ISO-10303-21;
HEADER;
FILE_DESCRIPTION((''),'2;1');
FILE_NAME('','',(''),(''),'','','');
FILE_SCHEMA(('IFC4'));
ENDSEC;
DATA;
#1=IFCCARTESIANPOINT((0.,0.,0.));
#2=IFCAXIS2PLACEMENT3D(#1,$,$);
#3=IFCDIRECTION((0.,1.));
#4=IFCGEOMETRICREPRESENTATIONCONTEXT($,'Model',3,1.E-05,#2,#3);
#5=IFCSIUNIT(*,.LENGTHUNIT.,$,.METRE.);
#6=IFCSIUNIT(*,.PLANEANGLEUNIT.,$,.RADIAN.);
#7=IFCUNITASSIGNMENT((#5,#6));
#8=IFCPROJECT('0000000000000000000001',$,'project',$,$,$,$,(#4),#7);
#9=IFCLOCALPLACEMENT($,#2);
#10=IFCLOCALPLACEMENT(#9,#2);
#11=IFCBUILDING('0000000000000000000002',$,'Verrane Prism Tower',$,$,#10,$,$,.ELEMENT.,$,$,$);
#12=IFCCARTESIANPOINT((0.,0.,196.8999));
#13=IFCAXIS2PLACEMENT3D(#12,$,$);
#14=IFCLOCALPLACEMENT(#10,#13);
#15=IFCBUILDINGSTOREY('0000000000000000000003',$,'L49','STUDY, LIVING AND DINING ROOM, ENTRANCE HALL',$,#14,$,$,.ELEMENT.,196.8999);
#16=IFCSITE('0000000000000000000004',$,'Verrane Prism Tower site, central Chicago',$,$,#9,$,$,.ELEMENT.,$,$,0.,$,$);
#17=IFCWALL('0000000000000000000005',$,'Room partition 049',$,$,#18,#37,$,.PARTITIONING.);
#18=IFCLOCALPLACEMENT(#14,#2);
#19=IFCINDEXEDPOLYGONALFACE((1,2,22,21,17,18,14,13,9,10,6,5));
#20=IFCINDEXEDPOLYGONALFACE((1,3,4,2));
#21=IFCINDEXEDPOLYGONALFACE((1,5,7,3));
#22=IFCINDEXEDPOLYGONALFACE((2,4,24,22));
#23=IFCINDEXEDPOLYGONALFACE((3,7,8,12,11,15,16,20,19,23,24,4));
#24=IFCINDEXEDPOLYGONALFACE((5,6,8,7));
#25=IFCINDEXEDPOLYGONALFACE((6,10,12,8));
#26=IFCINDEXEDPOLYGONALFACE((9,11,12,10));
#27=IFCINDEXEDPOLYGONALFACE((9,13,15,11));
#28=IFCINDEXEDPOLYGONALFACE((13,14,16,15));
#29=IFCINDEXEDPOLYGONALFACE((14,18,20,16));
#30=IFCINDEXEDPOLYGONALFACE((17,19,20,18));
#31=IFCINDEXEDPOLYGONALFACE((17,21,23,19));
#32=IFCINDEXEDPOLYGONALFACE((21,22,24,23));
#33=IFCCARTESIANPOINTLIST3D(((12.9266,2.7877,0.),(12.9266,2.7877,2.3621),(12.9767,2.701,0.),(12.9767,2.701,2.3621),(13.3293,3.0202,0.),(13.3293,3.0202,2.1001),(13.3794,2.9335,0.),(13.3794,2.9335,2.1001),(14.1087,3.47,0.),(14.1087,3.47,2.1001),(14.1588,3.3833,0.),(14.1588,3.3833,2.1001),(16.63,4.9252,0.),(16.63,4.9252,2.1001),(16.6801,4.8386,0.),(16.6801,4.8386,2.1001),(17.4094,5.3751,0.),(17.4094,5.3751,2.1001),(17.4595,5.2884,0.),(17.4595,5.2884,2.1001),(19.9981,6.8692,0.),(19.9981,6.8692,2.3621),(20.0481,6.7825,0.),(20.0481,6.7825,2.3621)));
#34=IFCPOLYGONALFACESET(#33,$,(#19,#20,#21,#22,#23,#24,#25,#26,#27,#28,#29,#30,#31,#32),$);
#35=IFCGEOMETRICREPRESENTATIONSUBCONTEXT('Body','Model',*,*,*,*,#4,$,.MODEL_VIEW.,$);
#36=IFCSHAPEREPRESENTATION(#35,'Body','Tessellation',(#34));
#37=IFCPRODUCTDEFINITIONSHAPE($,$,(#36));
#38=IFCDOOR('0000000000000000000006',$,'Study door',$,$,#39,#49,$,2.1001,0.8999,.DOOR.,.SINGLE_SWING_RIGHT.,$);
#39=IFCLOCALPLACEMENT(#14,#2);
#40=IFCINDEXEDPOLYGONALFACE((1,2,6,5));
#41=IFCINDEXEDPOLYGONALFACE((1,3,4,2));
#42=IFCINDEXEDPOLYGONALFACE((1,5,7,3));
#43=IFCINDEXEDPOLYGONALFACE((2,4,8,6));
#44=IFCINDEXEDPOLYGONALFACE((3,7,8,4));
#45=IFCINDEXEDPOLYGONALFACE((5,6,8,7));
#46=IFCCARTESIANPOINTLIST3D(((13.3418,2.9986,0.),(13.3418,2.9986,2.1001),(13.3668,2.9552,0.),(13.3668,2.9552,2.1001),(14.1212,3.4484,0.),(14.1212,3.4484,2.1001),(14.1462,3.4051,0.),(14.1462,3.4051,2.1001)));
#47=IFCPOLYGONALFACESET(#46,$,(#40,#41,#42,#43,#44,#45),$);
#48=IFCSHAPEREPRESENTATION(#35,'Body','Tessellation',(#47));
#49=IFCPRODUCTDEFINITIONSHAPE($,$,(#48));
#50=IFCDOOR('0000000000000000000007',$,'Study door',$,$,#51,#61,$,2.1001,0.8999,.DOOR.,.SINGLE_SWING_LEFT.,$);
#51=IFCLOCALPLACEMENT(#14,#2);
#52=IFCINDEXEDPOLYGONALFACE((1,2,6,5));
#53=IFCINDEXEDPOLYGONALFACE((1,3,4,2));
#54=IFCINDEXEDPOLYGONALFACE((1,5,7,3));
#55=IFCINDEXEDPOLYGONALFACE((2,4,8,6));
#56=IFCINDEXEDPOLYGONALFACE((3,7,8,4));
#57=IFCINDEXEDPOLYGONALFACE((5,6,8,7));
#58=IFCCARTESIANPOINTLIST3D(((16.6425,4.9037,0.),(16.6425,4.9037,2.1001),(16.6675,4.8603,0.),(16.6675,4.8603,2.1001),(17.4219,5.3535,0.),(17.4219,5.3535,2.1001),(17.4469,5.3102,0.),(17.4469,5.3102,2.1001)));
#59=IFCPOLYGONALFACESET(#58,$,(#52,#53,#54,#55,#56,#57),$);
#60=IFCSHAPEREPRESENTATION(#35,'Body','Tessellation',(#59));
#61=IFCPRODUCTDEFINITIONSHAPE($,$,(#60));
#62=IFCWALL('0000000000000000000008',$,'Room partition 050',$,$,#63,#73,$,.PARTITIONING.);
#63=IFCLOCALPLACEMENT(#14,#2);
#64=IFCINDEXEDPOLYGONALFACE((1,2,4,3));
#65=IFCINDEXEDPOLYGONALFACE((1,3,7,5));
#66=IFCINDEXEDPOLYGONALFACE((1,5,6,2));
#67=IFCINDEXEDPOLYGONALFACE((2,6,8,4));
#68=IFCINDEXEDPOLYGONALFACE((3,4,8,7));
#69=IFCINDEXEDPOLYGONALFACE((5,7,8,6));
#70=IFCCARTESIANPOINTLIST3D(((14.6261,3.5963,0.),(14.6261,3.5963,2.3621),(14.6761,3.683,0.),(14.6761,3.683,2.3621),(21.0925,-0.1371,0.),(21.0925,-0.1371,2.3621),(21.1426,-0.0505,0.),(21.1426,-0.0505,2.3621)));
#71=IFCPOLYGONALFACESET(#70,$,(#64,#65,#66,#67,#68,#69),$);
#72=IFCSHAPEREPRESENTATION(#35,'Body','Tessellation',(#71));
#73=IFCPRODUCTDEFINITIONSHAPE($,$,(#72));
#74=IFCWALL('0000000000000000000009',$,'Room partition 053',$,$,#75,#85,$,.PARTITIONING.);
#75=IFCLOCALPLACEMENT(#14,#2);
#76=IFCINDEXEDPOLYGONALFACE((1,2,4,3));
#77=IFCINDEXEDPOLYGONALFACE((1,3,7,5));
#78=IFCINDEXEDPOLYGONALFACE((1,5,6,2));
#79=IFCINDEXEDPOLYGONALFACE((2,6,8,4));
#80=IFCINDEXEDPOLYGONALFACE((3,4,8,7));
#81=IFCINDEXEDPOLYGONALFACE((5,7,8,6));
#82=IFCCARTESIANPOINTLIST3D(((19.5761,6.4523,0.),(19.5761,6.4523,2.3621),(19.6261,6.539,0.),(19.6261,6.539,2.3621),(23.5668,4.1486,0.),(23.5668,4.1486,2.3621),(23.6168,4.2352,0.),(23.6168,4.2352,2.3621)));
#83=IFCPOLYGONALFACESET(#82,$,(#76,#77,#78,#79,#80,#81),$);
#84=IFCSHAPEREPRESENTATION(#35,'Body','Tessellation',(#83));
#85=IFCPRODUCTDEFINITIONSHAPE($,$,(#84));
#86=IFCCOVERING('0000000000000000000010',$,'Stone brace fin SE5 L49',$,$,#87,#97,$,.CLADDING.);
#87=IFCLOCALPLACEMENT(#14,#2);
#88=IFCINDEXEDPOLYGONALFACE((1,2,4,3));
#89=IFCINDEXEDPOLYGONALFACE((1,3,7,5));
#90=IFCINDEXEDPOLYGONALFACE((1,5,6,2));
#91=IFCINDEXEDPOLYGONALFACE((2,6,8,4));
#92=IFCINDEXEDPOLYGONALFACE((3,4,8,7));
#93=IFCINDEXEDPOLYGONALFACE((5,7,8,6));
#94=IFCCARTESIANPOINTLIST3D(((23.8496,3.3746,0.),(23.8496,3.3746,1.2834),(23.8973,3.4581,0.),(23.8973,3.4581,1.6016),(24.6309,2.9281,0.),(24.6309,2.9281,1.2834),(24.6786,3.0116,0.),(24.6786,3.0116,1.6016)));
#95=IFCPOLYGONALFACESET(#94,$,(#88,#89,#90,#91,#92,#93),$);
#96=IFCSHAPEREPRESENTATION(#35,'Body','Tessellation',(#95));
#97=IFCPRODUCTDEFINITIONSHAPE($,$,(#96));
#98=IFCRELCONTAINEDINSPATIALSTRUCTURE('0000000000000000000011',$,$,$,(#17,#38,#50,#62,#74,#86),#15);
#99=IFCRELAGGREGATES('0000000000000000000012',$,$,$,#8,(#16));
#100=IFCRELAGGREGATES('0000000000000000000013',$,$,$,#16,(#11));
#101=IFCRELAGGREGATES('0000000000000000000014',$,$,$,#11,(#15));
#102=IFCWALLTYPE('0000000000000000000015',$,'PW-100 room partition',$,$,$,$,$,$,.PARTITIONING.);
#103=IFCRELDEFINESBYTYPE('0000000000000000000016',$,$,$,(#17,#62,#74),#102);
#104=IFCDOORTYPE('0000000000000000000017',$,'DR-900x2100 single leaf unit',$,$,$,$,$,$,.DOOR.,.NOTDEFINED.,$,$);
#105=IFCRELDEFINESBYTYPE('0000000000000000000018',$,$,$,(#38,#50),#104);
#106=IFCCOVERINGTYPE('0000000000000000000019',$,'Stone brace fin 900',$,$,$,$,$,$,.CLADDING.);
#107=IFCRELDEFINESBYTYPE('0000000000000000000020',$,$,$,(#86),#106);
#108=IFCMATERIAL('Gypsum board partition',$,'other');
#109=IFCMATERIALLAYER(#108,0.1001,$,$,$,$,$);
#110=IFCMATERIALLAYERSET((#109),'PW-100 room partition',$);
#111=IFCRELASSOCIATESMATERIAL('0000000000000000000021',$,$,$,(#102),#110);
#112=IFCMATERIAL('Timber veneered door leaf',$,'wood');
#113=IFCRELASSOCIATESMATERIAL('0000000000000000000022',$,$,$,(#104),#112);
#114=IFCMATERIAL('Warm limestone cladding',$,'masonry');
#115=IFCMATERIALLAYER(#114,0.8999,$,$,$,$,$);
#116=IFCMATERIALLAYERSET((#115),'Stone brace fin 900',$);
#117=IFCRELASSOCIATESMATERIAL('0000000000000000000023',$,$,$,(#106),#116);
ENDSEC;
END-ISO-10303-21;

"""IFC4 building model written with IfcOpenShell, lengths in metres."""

from ifc_helpers import new_model, si_unit, direction, frame, frame_2d, origin, place, context, subcontext, project, spatial, polyline, rectangle, outline, extrude, material, layer, layer_set, type_object, element, fill, save


model = new_model("IFC4")

# Units and contexts
model_context = context("Model", 3, precision=1e-05, world=origin(), true_north=direction((0.0, 1.0)))
body_context = subcontext(model_context, "Body", "Model", "MODEL_VIEW")
ifc_project = project(units=[si_unit("LENGTHUNIT", "METRE"), si_unit("PLANEANGLEUNIT", "RADIAN")], contexts=[model_context])

# Site, building, storey
site_placement = place(None, origin())
site = spatial("IfcSite", under=ifc_project, at=site_placement, Name="Verrane Prism Tower site, central Chicago", CompositionType="ELEMENT", RefElevation=0.0)
building_placement = place(site_placement, origin())
building = spatial("IfcBuilding", under=site, at=building_placement, Name="Verrane Prism Tower", CompositionType="ELEMENT")
storey_placement = place(building_placement, frame((0.0, 0.0, 196.8999)))
storey = spatial("IfcBuildingStorey", under=building, at=storey_placement, Name="L49", Description="STUDY, LIVING AND DINING ROOM, ENTRANCE HALL", CompositionType="ELEMENT", Elevation=196.8999)

# Wall, openings, doors
ifc_material_1 = material(Name="Gypsum board partition", Category="other")
ifc_layer_1 = layer(ifc_material_1, 0.1001)
ifc_layer_set_1 = layer_set([ifc_layer_1], Name="PW-100 room partition")
wall_type_1 = type_object("IfcWallType", Name="PW-100 room partition", PredefinedType="PARTITIONING", material=ifc_layer_set_1)
wall_1_placement = place(storey_placement, frame((20.0232, 6.8259, 0.0), z_axis=(0.0, 0.0, 1.0), x_axis=(-0.866089, -0.499889, 0.0)))
wall_1 = element("IfcWall", 1, at=wall_1_placement, inside=storey, type_object=wall_type_1, Name="Room partition 049", PredefinedType="PARTITIONING", context=body_context, shape_type="SweptSolid", body=[
    extrude(rectangle(XDim=8.1648, YDim=0.1001, at=frame_2d((4.0825, 0.0))), origin(), (0.0, 0.0, 1.0), 2.3621),
])
opening_1_placement = place(wall_1_placement, frame((6.8, 0.0, 0.0)))
opening_1 = element("IfcOpeningElement", 2, at=opening_1_placement, cuts=wall_1, PredefinedType="OPENING", context=body_context, shape_type="SweptSolid", body=[
    extrude(rectangle(XDim=0.8999, YDim=2.1001, at=frame_2d((0.45, 1.05))), frame((0.0, 0.0601, 0.0), z_axis=(0.0, -1.0, 0.0), x_axis=(1.0, 0.0, 0.0)), (0.0, 0.0, 1.0), 0.1201),
])
opening_2_placement = place(wall_1_placement, frame((2.989, 0.0, 0.0)))
opening_2 = element("IfcOpeningElement", 3, at=opening_2_placement, cuts=wall_1, PredefinedType="OPENING", context=body_context, shape_type="SweptSolid", body=[
    extrude(rectangle(XDim=0.8999, YDim=2.1001, at=frame_2d((0.45, 1.05))), frame((0.0, 0.0601, 0.0), z_axis=(0.0, -1.0, 0.0), x_axis=(1.0, 0.0, 0.0)), (0.0, 0.0, 1.0), 0.1201),
])
ifc_material_2 = material(Name="Timber veneered door leaf", Category="wood")
door_type_1 = type_object("IfcDoorType", Name="DR-900x2100 single leaf unit", OperationType="NOTDEFINED", PredefinedType="DOOR", material=ifc_material_2)
door_1_placement = place(opening_1_placement, origin())
door_1 = element("IfcDoor", 4, at=door_1_placement, inside=storey, type_object=door_type_1, Name="Study door", OperationType="SINGLE_SWING_RIGHT", OverallHeight=2.1001, OverallWidth=0.8999, PredefinedType="DOOR", context=body_context, shape_type="SweptSolid", body=[
    extrude(rectangle(XDim=0.8999, YDim=2.1001, at=frame_2d((0.45, 1.05))), frame((0.0, 0.0249, 0.0), z_axis=(0.0, -1.0, 0.0), x_axis=(1.0, 0.0, 0.0)), (0.0, 0.0, 1.0), 0.05),
])
fill(opening_1, door_1)
door_2_placement = place(opening_2_placement, origin())
door_2 = element("IfcDoor", 5, at=door_2_placement, inside=storey, type_object=door_type_1, Name="Study door", OperationType="SINGLE_SWING_LEFT", OverallHeight=2.1001, OverallWidth=0.8999, PredefinedType="DOOR", context=body_context, shape_type="SweptSolid", body=[
    extrude(rectangle(XDim=0.8999, YDim=2.1001, at=frame_2d((0.45, 1.05))), frame((0.0, 0.0249, 0.0), z_axis=(0.0, -1.0, 0.0), x_axis=(1.0, 0.0, 0.0)), (0.0, 0.0, 1.0), 0.05),
])
fill(opening_2, door_2)

# Walls
wall_2_placement = place(storey_placement, frame((14.6511, 3.6396, 0.0), z_axis=(0.0, 0.0, 1.0), x_axis=(0.866021, -0.500007, 0.0)))
element("IfcWall", 6, at=wall_2_placement, inside=storey, type_object=wall_type_1, Name="Room partition 050", PredefinedType="PARTITIONING", context=body_context, shape_type="SweptSolid", body=[
    extrude(rectangle(XDim=7.4668, YDim=0.1001, at=frame_2d((3.7334, 0.0))), origin(), (0.0, 0.0, 1.0), 2.3621),
])
wall_3_placement = place(storey_placement, frame((19.6011, 6.4956, 0.0), z_axis=(0.0, 0.0, 1.0), x_axis=(0.866057, -0.499946, 0.0)))
element("IfcWall", 7, at=wall_3_placement, inside=storey, type_object=wall_type_1, Name="Room partition 053", PredefinedType="PARTITIONING", context=body_context, shape_type="SweptSolid", body=[
    extrude(rectangle(XDim=4.6079, YDim=0.1001, at=frame_2d((2.304, 0.0))), origin(), (0.0, 0.0, 1.0), 2.3621),
])

# Covering
ifc_material_3 = material(Name="Warm limestone cladding", Category="masonry")
ifc_layer_2 = layer(ifc_material_3, 0.8999)
ifc_layer_set_2 = layer_set([ifc_layer_2], Name="Stone brace fin 900")
covering_type = type_object("IfcCoveringType", Name="Stone brace fin 900", PredefinedType="CLADDING", material=ifc_layer_set_2)
covering_placement = place(storey_placement, frame((24.2402, 3.1514, 0.0), z_axis=(0.0, 0.0, 1.0), x_axis=(0.496139, 0.868243, 0.0)))
element("IfcCovering", 8, at=covering_placement, inside=storey, type_object=covering_type, Name="Stone brace fin SE5 L49", PredefinedType="CLADDING", context=body_context, shape_type="SweptSolid", body=[
    extrude(outline(polyline([(0.0, 0.0), (0.0962, 0.0), (0.0962, 1.6016), (0.0, 1.2834), (0.0, 0.0)])), frame((0.0, 0.45, 0.0), z_axis=(0.0, -1.0, 0.0), x_axis=(1.0, 0.0, 0.0)), (0.0, 0.0, 1.0), 0.8999),
])

save(model, "model.ifc")
